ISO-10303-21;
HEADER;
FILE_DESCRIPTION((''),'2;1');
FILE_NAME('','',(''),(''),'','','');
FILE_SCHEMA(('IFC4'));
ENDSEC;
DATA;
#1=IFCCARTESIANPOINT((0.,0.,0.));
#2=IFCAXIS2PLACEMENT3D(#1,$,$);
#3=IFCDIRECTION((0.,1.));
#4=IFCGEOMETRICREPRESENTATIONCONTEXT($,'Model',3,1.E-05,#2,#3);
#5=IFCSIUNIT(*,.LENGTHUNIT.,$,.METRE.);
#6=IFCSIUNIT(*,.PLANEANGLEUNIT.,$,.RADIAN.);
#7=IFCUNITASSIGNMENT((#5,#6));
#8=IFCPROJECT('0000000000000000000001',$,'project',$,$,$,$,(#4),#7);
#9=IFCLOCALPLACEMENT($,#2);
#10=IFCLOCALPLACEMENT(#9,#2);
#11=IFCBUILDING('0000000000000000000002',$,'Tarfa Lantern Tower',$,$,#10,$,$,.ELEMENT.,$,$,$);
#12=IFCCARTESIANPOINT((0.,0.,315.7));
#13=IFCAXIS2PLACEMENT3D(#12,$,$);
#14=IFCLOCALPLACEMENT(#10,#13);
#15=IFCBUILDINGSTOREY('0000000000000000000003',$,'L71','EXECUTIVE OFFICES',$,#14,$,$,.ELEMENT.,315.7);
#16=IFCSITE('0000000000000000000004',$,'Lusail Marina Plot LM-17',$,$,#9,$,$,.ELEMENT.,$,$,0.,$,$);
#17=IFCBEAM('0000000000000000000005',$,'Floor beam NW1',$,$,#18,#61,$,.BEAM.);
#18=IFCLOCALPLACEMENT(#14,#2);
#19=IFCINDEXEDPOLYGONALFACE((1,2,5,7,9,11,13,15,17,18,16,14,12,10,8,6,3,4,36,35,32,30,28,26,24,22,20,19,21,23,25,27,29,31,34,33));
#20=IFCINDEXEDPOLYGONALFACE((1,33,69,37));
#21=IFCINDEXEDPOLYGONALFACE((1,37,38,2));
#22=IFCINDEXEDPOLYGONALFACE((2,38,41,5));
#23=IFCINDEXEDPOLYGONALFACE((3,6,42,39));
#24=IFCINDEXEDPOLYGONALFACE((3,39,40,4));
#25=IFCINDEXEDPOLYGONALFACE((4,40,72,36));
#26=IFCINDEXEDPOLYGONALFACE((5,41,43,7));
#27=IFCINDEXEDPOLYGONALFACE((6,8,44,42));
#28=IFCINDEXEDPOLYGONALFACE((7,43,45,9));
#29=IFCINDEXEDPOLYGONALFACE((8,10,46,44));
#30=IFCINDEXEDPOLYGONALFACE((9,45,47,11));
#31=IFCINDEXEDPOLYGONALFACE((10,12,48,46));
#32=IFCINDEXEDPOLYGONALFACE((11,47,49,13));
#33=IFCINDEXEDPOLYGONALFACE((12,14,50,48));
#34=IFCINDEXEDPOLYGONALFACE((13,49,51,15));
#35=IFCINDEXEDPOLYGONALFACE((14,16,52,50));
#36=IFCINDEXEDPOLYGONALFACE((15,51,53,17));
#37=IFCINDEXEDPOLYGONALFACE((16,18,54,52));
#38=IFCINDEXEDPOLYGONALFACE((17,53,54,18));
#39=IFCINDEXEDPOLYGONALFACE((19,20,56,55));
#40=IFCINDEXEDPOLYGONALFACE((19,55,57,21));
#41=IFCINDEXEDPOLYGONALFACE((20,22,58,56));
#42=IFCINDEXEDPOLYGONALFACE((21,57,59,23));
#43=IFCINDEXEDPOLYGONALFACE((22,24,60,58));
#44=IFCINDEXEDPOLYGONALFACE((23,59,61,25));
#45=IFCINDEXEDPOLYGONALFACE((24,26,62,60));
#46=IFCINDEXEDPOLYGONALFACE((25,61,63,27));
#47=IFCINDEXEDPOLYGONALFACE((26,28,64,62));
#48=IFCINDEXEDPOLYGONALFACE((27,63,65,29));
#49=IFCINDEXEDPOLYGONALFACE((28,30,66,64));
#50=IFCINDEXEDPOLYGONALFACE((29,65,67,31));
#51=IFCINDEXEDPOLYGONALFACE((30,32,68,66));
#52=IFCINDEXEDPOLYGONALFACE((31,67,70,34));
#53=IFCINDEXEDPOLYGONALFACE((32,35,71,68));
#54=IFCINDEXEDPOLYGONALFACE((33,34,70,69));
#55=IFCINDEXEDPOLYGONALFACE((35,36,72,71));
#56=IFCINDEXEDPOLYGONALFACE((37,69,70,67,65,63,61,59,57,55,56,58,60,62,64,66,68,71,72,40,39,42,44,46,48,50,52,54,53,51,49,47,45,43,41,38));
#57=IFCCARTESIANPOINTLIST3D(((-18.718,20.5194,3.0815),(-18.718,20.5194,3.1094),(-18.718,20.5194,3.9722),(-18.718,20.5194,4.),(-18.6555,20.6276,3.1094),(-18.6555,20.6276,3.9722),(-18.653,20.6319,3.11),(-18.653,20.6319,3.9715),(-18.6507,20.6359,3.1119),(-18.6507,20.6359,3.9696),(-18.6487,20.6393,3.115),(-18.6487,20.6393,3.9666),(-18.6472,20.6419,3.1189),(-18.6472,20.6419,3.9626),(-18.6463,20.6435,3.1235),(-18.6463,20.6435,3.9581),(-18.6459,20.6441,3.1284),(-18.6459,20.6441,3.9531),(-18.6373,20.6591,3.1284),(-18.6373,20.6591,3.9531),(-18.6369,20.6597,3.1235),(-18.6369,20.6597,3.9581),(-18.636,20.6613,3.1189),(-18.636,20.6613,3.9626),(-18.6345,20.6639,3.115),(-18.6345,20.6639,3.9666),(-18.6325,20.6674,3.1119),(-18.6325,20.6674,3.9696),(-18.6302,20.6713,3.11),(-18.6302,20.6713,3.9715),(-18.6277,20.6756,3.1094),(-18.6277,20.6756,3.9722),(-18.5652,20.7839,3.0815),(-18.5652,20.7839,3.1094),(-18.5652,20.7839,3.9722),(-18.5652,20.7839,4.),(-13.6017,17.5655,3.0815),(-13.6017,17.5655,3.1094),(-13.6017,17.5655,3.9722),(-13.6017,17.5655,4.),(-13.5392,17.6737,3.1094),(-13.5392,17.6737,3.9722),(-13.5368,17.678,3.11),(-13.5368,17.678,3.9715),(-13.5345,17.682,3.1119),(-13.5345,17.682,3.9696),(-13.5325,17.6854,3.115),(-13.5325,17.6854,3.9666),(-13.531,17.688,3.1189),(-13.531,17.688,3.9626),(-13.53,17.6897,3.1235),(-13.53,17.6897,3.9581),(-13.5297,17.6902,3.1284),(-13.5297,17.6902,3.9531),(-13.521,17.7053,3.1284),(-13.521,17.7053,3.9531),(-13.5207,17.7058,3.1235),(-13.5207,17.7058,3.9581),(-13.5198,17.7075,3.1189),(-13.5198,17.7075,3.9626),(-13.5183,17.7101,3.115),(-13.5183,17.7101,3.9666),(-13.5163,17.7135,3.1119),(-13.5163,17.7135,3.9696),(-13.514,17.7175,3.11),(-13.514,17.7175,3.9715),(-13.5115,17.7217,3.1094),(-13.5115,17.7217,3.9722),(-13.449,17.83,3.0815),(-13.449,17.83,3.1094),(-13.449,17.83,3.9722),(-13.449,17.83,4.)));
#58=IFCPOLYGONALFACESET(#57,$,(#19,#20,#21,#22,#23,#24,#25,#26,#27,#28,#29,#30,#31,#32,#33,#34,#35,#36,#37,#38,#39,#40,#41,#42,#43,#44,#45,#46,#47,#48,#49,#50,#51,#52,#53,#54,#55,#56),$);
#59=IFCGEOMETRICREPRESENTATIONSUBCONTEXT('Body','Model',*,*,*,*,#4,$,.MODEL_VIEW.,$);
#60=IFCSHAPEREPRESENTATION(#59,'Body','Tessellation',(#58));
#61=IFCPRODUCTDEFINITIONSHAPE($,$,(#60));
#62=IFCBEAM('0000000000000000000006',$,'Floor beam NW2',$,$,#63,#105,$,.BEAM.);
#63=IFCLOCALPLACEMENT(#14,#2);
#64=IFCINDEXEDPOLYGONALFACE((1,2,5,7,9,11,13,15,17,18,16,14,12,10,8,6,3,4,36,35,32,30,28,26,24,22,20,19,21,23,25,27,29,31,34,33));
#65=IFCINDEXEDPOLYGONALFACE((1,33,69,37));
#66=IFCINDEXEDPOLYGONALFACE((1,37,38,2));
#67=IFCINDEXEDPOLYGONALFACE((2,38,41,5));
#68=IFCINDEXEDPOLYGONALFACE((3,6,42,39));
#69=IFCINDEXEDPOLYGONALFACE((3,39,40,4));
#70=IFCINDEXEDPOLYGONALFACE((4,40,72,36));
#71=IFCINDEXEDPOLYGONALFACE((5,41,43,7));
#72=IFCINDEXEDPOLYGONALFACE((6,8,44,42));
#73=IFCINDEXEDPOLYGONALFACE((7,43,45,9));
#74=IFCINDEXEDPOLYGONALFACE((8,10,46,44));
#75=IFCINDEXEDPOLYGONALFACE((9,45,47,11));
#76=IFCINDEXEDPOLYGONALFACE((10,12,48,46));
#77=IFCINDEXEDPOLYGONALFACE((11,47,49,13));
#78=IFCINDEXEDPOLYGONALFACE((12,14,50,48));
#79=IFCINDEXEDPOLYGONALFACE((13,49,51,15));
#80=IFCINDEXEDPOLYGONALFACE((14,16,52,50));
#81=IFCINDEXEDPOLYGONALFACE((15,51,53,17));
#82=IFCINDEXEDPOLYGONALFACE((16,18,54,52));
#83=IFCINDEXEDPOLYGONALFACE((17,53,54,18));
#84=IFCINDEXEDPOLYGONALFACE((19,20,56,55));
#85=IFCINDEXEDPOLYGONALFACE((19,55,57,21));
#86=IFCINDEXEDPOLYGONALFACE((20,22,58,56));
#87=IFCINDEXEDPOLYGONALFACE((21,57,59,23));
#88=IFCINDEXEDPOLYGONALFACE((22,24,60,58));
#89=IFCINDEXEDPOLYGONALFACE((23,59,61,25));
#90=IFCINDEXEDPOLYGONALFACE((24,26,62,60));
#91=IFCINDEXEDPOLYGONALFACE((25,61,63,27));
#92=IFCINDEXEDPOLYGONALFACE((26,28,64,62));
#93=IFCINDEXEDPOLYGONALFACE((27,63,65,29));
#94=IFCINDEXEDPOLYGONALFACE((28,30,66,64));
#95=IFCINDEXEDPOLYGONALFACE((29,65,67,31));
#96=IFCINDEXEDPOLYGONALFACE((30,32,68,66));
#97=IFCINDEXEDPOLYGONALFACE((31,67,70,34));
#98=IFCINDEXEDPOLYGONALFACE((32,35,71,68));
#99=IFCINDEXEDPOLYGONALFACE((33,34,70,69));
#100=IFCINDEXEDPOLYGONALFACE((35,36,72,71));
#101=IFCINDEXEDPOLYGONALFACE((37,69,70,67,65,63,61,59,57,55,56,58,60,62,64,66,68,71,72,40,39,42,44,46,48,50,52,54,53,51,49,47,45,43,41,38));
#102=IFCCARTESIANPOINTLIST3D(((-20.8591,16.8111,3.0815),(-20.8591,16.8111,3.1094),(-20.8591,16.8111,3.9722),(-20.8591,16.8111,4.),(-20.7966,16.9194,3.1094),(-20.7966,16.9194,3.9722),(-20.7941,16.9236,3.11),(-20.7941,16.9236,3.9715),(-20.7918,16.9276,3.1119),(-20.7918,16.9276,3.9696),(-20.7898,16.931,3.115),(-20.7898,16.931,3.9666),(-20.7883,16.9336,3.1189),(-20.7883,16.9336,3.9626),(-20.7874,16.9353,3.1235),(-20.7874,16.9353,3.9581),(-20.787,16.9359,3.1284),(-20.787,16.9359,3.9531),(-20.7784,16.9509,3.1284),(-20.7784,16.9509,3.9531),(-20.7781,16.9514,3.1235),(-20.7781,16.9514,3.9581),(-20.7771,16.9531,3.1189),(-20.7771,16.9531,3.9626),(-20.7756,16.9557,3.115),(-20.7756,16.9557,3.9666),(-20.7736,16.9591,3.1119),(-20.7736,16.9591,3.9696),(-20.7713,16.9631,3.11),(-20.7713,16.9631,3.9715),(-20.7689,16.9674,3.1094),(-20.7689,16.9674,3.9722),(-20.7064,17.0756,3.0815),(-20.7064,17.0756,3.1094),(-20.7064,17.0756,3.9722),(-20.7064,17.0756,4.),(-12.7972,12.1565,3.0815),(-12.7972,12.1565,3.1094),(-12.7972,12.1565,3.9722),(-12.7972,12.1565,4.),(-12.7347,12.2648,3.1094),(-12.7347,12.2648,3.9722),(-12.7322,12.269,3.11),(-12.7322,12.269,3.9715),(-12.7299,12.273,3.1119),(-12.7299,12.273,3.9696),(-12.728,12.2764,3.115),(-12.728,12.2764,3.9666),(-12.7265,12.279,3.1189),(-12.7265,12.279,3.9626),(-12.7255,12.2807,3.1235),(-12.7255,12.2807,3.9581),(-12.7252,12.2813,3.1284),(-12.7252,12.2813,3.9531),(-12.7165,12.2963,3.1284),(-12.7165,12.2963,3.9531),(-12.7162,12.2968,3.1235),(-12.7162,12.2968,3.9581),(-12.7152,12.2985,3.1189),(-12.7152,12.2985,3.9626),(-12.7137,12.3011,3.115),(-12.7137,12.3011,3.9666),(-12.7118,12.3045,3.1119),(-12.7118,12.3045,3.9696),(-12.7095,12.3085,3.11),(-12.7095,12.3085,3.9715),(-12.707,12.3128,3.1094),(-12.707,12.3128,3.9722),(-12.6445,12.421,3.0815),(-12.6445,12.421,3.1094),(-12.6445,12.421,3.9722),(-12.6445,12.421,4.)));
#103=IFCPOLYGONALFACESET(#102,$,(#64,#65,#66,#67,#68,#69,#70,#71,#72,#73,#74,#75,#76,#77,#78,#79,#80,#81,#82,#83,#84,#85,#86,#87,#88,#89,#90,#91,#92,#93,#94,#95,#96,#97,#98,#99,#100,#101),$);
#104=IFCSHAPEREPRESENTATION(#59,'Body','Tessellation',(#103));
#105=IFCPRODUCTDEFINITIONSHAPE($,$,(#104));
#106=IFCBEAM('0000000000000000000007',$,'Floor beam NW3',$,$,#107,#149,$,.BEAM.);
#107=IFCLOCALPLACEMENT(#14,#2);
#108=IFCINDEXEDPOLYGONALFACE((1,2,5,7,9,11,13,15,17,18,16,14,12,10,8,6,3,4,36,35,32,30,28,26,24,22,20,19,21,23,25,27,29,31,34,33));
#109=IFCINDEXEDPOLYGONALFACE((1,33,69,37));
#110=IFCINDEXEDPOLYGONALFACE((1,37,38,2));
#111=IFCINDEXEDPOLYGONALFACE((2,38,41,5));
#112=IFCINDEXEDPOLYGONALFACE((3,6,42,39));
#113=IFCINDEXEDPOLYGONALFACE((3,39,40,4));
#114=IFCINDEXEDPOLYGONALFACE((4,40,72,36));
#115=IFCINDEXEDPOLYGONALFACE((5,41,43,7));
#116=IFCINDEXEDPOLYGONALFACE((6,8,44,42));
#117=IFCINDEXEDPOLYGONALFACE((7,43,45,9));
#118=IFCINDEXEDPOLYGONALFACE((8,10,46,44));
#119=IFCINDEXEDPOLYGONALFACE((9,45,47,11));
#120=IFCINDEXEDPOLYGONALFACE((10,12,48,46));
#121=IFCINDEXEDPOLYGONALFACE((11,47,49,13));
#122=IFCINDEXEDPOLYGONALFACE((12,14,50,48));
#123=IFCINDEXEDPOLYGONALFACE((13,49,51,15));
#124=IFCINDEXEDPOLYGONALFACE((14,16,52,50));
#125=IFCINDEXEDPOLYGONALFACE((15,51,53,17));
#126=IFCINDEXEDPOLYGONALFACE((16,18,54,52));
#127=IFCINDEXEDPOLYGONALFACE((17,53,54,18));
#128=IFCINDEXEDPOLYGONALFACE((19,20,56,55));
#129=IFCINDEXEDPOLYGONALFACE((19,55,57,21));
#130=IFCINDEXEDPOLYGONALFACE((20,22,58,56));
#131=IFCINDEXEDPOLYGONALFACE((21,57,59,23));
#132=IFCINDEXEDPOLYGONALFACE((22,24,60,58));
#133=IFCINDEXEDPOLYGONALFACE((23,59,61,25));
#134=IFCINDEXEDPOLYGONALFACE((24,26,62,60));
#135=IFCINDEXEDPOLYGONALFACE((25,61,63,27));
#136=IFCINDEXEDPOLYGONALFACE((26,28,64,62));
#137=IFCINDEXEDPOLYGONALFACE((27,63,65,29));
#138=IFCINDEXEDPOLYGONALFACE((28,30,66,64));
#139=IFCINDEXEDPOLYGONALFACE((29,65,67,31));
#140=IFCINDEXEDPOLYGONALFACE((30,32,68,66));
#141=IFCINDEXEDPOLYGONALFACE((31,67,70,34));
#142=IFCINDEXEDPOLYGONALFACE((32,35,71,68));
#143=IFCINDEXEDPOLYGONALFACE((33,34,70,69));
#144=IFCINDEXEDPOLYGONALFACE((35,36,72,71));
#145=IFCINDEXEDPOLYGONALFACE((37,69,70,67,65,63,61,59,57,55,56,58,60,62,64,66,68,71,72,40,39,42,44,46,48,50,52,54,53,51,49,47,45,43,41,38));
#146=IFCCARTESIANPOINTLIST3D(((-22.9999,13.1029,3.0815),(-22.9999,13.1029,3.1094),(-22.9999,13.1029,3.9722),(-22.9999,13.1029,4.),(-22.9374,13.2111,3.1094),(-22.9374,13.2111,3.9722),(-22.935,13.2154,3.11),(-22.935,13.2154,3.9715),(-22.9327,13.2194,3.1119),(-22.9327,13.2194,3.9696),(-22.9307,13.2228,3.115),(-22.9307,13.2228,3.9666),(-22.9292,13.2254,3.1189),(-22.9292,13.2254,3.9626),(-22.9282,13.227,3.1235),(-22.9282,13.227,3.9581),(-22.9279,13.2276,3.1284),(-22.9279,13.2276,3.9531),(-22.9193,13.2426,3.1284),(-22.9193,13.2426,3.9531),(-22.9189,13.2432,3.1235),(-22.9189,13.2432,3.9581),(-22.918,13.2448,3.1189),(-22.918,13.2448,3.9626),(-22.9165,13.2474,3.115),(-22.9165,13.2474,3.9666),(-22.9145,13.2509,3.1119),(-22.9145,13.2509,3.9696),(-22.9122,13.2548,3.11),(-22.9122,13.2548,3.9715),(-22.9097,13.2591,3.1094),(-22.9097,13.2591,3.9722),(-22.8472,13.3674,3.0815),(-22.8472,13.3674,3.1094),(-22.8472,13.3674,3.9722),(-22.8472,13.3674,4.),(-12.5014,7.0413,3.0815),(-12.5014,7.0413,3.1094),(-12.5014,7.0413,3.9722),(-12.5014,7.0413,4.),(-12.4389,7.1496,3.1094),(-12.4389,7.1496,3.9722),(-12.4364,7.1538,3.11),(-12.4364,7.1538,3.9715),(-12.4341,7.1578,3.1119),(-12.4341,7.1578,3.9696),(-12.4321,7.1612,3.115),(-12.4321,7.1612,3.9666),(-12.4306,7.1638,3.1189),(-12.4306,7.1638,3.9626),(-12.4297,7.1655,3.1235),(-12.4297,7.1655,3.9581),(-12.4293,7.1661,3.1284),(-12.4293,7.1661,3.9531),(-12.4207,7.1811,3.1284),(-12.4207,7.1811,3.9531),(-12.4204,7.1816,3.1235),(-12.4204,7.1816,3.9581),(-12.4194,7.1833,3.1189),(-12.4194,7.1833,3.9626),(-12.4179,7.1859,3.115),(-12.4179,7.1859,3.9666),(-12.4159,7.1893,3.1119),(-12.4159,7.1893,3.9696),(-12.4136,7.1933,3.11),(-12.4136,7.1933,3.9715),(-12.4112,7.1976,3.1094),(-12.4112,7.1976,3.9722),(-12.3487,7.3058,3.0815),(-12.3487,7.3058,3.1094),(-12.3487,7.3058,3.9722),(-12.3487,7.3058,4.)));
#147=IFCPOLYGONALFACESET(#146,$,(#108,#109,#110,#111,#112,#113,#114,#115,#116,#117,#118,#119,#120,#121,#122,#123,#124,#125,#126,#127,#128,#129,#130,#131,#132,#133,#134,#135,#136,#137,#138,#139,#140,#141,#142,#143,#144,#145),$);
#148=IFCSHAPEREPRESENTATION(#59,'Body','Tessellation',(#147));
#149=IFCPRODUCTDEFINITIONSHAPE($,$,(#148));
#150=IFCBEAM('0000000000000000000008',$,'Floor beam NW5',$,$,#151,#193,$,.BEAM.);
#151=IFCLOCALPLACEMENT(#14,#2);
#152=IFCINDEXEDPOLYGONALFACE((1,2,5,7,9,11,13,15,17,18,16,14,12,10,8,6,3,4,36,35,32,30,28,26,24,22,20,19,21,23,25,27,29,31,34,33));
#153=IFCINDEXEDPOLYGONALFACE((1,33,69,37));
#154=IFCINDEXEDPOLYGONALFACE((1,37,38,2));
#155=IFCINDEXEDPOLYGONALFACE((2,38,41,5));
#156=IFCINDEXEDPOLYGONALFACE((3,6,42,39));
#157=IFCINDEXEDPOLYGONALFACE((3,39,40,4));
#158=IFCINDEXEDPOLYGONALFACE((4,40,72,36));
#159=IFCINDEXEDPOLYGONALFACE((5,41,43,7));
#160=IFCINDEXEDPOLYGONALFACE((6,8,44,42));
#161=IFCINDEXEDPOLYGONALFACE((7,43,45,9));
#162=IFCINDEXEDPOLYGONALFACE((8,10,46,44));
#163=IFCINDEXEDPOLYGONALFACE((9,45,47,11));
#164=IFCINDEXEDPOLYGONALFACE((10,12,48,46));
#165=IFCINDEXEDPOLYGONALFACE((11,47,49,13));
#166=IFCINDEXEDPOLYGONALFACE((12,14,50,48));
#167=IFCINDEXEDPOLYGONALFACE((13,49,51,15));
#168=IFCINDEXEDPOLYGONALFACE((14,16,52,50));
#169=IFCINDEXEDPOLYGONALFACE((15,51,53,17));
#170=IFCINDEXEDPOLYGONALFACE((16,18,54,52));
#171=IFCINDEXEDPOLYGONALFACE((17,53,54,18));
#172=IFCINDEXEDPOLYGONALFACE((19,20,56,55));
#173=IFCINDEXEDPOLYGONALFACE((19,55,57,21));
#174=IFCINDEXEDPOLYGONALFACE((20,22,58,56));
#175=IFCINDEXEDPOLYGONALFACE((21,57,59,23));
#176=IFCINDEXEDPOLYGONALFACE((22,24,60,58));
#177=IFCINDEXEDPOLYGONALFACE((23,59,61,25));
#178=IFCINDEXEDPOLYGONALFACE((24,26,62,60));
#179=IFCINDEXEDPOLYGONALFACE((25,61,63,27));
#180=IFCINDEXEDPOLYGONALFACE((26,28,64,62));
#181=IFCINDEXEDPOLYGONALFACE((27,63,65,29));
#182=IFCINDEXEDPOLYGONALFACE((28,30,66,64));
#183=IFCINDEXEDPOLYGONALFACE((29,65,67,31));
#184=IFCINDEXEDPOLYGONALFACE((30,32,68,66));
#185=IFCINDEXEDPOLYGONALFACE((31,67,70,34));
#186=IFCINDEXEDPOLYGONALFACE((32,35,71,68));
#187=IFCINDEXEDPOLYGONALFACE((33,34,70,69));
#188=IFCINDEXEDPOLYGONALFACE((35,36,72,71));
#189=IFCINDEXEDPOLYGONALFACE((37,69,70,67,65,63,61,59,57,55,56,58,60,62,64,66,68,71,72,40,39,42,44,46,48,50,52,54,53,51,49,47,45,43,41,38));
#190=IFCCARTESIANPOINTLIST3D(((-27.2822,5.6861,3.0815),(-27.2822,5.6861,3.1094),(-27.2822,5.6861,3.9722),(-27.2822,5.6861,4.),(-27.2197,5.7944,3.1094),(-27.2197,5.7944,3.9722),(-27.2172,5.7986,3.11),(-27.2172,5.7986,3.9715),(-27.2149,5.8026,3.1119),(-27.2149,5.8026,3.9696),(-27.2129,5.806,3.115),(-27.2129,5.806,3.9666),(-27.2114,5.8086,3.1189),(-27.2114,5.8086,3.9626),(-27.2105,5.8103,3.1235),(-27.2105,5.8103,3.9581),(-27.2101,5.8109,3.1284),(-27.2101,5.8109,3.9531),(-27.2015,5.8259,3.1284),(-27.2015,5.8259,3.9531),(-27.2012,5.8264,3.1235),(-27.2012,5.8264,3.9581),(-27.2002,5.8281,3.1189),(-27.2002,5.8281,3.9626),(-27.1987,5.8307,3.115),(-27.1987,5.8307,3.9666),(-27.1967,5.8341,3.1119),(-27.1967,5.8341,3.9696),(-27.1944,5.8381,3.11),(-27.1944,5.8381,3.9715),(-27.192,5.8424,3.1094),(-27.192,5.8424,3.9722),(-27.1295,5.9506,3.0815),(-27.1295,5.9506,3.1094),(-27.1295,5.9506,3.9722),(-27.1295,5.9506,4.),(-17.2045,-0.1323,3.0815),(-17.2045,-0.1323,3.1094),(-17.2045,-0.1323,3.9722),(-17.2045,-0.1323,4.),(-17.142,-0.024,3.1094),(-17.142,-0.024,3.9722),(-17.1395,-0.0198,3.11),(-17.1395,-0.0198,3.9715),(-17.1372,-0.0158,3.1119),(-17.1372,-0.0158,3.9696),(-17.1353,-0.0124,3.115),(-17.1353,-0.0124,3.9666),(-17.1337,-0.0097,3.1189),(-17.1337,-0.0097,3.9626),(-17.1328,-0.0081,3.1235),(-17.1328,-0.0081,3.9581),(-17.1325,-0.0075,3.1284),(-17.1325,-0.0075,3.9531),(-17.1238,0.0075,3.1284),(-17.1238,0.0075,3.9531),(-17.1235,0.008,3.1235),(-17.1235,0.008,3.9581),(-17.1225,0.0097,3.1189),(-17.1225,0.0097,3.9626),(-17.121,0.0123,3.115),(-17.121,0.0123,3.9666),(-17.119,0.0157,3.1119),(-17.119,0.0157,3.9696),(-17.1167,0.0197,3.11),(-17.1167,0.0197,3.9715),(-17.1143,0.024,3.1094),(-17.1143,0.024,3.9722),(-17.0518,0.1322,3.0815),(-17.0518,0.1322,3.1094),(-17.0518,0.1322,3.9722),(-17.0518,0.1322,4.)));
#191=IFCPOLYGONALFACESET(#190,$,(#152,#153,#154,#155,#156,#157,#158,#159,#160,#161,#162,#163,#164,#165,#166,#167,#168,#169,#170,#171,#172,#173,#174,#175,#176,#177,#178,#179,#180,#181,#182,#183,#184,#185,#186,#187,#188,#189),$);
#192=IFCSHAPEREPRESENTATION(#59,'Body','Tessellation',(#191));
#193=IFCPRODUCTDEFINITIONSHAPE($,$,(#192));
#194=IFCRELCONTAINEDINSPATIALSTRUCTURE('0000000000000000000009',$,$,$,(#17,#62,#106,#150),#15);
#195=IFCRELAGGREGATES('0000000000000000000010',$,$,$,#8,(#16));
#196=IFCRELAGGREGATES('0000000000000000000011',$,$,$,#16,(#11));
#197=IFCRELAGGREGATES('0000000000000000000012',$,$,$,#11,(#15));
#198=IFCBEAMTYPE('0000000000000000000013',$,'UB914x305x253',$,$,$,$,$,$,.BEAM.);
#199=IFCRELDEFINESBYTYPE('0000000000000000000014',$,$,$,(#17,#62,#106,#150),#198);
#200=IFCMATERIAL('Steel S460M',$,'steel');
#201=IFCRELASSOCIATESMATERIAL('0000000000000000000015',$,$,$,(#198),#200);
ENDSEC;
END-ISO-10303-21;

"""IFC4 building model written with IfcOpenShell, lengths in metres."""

from ifc_helpers import new_model, si_unit, direction, frame, origin, origin_2d, place, context, subcontext, project, spatial, i_section, extrude, material, material_profile, profile_set, type_object, element, save


model = new_model("IFC4")

# Units and contexts
model_context = context("Model", 3, precision=1e-05, world=origin(), true_north=direction((0.0, 1.0)))
body_context = subcontext(model_context, "Body", "Model", "MODEL_VIEW")
ifc_project = project(units=[si_unit("LENGTHUNIT", "METRE"), si_unit("PLANEANGLEUNIT", "RADIAN")], contexts=[model_context])

# Site, building, storey
site_placement = place(None, origin())
site = spatial("IfcSite", under=ifc_project, at=site_placement, Name="Lusail Marina Plot LM-17", CompositionType="ELEMENT", RefElevation=0.0)
building_placement = place(site_placement, origin())
building = spatial("IfcBuilding", under=site, at=building_placement, Name="Tarfa Lantern Tower", CompositionType="ELEMENT")
storey_placement = place(building_placement, frame((0.0, 0.0, 315.7)))
storey = spatial("IfcBuildingStorey", under=building, at=storey_placement, Name="L71", Description="EXECUTIVE OFFICES", CompositionType="ELEMENT", Elevation=315.7)

# Beams
ifc_material_1 = material(Name="Steel S460M", Category="steel")
ifc_material_profile_1 = material_profile(ifc_material_1, i_section(OverallWidth=0.3054, OverallDepth=0.9185, WebThickness=0.0173, FlangeThickness=0.0278, FilletRadius=0.019, at=origin_2d()), Name="UB914x305x253")
ifc_profile_set_1 = profile_set([ifc_material_profile_1], Name="Steel S460M")
beam_type_1 = type_object("IfcBeamType", Name="UB914x305x253", PredefinedType="BEAM", material=ifc_profile_set_1)
beam_1_placement = place(storey_placement, frame((-18.6416, 20.6516, 3.5408), z_axis=(0.866025, -0.500001, 0.0), x_axis=(0.500001, 0.866025, 0.0)))
element("IfcBeam", 1, at=beam_1_placement, inside=storey, type_object=beam_type_1, Name="Floor beam NW1", PredefinedType="BEAM", context=body_context, shape_type="SweptSolid", body=[
    extrude(i_section(OverallWidth=0.3054, OverallDepth=0.9185, WebThickness=0.0173, FlangeThickness=0.0278, FilletRadius=0.019, at=origin_2d()), origin(), (0.0, 0.0, 1.0), 5.9077),
])
beam_2_placement = place(storey_placement, frame((-20.7827, 16.9434, 3.5408), z_axis=(0.866022, -0.500006, 0.0), x_axis=(0.500006, 0.866022, 0.0)))
element("IfcBeam", 2, at=beam_2_placement, inside=storey, type_object=beam_type_1, Name="Floor beam NW2", PredefinedType="BEAM", context=body_context, shape_type="SweptSolid", body=[
    extrude(i_section(OverallWidth=0.3054, OverallDepth=0.9185, WebThickness=0.0173, FlangeThickness=0.0278, FilletRadius=0.019, at=origin_2d()), origin(), (0.0, 0.0, 1.0), 9.3091),
])
beam_3_placement = place(storey_placement, frame((-22.9236, 13.2351, 3.5408), z_axis=(0.866019, -0.500012, 0.0), x_axis=(0.500012, 0.866019, 0.0)))
element("IfcBeam", 3, at=beam_3_placement, inside=storey, type_object=beam_type_1, Name="Floor beam NW3", PredefinedType="BEAM", context=body_context, shape_type="SweptSolid", body=[
    extrude(i_section(OverallWidth=0.3054, OverallDepth=0.9185, WebThickness=0.0173, FlangeThickness=0.0278, FilletRadius=0.019, at=origin_2d()), origin(), (0.0, 0.0, 1.0), 12.1228),
])
beam_4_placement = place(storey_placement, frame((-27.2058, 5.8184, 3.5408), z_axis=(0.866024, -0.500002, 0.0), x_axis=(0.500002, 0.866024, 0.0)))
element("IfcBeam", 4, at=beam_4_placement, inside=storey, type_object=beam_type_1, Name="Floor beam NW5", PredefinedType="BEAM", context=body_context, shape_type="SweptSolid", body=[
    extrude(i_section(OverallWidth=0.3054, OverallDepth=0.9185, WebThickness=0.0173, FlangeThickness=0.0278, FilletRadius=0.019, at=origin_2d()), origin(), (0.0, 0.0, 1.0), 11.6367),
])

save(model, "model.ifc")
